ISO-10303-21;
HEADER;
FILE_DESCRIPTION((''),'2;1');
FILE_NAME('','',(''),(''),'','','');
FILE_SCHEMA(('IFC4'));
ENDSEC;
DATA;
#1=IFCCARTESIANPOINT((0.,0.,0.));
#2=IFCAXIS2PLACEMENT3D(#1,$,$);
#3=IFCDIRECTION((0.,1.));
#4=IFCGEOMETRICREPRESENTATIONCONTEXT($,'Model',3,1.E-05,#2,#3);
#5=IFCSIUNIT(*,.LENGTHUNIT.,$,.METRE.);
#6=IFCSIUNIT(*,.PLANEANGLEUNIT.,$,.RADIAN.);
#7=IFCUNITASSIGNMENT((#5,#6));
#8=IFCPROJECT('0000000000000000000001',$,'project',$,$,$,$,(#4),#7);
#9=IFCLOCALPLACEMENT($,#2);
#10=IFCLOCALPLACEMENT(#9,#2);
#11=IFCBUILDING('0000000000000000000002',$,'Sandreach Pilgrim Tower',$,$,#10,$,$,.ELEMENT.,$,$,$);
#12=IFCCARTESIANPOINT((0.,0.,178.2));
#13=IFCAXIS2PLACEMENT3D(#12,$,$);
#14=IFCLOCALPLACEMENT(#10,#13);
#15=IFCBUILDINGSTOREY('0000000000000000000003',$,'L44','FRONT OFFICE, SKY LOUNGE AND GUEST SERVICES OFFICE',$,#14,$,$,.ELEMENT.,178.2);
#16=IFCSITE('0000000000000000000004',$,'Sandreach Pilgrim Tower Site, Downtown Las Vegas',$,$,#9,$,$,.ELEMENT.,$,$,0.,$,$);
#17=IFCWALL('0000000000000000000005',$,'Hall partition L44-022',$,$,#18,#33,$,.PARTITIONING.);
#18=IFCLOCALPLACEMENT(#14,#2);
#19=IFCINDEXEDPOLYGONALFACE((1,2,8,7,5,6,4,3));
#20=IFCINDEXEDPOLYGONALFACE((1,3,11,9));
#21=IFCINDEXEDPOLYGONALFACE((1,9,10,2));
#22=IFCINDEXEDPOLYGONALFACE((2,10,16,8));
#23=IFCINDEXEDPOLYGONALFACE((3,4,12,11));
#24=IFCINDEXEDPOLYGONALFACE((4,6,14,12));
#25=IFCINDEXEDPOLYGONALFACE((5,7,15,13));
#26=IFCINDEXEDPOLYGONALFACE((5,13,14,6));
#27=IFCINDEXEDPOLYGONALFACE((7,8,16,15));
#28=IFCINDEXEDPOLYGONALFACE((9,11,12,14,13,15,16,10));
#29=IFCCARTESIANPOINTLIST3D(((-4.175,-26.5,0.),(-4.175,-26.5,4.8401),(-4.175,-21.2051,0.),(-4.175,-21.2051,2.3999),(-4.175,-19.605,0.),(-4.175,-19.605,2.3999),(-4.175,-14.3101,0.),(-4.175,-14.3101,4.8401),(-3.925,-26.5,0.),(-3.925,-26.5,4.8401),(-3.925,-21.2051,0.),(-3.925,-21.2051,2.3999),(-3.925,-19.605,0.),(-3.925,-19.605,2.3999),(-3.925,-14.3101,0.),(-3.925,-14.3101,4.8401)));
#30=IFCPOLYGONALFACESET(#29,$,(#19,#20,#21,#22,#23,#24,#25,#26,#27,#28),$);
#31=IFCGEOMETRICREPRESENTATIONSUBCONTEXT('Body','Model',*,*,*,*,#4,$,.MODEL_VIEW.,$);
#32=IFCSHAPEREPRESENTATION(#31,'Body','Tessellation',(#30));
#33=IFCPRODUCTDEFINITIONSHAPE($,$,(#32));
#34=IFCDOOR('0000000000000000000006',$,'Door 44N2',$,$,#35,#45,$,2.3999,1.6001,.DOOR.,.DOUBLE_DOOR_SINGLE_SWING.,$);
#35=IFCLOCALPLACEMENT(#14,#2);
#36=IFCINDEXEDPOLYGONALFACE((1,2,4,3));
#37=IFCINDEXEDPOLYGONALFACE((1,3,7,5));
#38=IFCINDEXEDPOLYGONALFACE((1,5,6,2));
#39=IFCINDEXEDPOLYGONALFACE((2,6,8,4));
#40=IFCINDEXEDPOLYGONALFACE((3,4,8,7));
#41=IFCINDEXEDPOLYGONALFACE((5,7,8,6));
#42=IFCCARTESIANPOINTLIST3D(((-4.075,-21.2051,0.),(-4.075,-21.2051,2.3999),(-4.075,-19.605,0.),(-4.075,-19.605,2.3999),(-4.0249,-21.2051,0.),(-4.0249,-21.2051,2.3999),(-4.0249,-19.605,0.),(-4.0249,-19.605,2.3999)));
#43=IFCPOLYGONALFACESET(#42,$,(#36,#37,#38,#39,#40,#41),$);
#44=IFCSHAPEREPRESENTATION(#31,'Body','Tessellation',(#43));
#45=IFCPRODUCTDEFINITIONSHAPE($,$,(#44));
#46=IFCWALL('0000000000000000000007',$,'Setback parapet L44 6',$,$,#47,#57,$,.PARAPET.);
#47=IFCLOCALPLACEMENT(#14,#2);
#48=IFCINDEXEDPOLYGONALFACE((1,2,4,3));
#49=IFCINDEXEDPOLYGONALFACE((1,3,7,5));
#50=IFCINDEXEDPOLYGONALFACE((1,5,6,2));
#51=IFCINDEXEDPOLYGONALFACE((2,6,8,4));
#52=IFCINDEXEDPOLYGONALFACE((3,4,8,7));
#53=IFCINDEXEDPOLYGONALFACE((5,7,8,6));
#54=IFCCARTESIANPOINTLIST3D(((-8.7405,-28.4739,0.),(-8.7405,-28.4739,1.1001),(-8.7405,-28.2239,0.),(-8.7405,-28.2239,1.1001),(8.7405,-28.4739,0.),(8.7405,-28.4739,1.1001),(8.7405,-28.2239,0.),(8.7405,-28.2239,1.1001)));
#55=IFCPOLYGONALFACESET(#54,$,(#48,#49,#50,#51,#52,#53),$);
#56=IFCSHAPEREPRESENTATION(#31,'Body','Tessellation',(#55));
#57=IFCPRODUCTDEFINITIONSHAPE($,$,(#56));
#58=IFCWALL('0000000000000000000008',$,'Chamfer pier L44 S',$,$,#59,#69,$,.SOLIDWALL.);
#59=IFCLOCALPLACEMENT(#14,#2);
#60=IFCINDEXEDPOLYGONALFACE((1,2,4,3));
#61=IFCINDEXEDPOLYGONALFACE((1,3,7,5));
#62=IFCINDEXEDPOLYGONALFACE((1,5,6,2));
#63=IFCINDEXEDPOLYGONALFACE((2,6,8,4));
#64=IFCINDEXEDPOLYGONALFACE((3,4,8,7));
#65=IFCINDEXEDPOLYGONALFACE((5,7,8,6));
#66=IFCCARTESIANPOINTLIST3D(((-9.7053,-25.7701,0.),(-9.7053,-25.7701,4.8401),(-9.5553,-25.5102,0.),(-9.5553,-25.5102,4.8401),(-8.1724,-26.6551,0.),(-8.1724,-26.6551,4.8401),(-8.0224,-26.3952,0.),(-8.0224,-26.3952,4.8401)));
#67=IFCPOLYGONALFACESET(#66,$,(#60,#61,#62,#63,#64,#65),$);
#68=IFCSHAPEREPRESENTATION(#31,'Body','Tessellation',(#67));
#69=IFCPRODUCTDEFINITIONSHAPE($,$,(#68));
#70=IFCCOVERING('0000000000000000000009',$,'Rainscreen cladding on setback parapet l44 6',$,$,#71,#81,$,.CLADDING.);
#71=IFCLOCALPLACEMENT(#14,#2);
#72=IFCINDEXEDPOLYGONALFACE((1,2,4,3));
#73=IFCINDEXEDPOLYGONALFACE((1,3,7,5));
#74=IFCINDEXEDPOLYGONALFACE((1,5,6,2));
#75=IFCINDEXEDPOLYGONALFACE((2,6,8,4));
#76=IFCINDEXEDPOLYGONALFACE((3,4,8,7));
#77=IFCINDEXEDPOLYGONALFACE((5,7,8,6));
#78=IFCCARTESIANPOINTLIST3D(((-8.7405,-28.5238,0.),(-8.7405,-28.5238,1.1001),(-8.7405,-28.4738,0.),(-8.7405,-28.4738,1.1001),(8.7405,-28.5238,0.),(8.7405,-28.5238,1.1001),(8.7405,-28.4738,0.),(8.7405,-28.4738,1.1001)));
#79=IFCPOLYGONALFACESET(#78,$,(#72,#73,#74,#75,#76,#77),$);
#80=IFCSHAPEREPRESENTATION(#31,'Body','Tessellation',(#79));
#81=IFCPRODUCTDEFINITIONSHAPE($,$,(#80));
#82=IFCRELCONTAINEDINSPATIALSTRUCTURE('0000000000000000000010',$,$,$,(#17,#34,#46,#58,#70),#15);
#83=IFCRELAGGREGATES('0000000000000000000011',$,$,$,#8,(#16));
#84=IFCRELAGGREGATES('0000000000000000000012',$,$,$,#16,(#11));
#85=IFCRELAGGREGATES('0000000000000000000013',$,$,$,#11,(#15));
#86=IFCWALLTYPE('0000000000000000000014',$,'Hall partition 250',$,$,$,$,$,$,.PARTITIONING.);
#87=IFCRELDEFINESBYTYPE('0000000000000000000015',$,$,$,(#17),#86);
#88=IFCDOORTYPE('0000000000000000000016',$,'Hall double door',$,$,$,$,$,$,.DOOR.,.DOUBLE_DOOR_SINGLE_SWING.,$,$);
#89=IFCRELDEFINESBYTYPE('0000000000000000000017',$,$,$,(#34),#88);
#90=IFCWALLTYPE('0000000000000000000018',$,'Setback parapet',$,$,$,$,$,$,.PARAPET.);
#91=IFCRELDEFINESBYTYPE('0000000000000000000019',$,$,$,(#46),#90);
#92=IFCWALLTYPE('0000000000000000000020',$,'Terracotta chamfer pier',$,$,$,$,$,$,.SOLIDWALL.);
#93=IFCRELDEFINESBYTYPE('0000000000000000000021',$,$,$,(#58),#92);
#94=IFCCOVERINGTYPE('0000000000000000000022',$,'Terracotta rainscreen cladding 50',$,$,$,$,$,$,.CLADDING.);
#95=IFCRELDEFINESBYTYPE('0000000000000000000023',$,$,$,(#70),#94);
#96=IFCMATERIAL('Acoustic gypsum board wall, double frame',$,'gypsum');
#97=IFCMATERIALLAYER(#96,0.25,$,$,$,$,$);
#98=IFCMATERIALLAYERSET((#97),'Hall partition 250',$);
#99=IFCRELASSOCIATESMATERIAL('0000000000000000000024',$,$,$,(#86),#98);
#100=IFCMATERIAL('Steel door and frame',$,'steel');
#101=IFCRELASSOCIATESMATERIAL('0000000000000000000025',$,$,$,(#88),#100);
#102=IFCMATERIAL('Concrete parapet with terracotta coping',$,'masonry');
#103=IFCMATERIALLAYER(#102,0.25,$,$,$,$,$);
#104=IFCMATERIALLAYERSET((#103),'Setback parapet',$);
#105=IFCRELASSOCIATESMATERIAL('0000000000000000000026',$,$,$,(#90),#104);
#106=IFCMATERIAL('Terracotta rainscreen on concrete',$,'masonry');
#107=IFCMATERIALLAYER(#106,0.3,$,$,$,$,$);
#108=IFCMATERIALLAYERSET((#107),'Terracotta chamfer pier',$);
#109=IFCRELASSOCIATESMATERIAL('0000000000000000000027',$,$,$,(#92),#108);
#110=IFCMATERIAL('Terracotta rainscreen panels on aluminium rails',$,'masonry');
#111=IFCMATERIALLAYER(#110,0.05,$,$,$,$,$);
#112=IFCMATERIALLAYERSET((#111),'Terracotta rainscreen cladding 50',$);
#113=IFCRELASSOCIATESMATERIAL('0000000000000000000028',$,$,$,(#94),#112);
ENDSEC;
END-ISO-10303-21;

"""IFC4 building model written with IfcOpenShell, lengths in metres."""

from ifc_helpers import new_model, si_unit, direction, frame, frame_2d, origin, place, context, subcontext, project, spatial, rectangle, extrude, material, layer, layer_set, type_object, element, fill, save


model = new_model("IFC4")

# Units and contexts
model_context = context("Model", 3, precision=1e-05, world=origin(), true_north=direction((0.0, 1.0)))
body_context = subcontext(model_context, "Body", "Model", "MODEL_VIEW")
ifc_project = project(units=[si_unit("LENGTHUNIT", "METRE"), si_unit("PLANEANGLEUNIT", "RADIAN")], contexts=[model_context])

# Site, building, storey
site_placement = place(None, origin())
site = spatial("IfcSite", under=ifc_project, at=site_placement, Name="Sandreach Pilgrim Tower Site, Downtown Las Vegas", CompositionType="ELEMENT", RefElevation=0.0)
building_placement = place(site_placement, origin())
building = spatial("IfcBuilding", under=site, at=building_placement, Name="Sandreach Pilgrim Tower", CompositionType="ELEMENT")
storey_placement = place(building_placement, frame((0.0, 0.0, 178.2)))
storey = spatial("IfcBuildingStorey", under=building, at=storey_placement, Name="L44", Description="FRONT OFFICE, SKY LOUNGE AND GUEST SERVICES OFFICE", CompositionType="ELEMENT", Elevation=178.2)

# Wall, opening, door
ifc_material_1 = material(Name="Acoustic gypsum board wall, double frame", Category="gypsum")
ifc_layer_1 = layer(ifc_material_1, 0.25)
ifc_layer_set_1 = layer_set([ifc_layer_1], Name="Hall partition 250")
wall_type_1 = type_object("IfcWallType", Name="Hall partition 250", PredefinedType="PARTITIONING", material=ifc_layer_set_1)
wall_1_placement = place(storey_placement, frame((-4.05, -26.5, 0.0), z_axis=(0.0, 0.0, 1.0), x_axis=(0.0, 1.0, 0.0)))
wall_1 = element("IfcWall", 1, at=wall_1_placement, inside=storey, type_object=wall_type_1, Name="Hall partition L44-022", PredefinedType="PARTITIONING", context=body_context, shape_type="SweptSolid", body=[
    extrude(rectangle(XDim=12.1899, YDim=0.25, at=frame_2d((6.095, 0.0))), origin(), (0.0, 0.0, 1.0), 4.8401),
])
opening_1_placement = place(wall_1_placement, frame((5.2949, 0.0, 0.0)))
opening_1 = element("IfcOpeningElement", 2, at=opening_1_placement, cuts=wall_1, PredefinedType="OPENING", context=body_context, shape_type="SweptSolid", body=[
    extrude(rectangle(XDim=1.6001, YDim=2.3999, at=frame_2d((0.8, 1.2))), frame((0.0, 0.125, 0.0), z_axis=(0.0, -1.0, 0.0), x_axis=(1.0, 0.0, 0.0)), (0.0, 0.0, 1.0), 0.25),
])
ifc_material_2 = material(Name="Steel door and frame", Category="steel")
door_type_1 = type_object("IfcDoorType", Name="Hall double door", OperationType="DOUBLE_DOOR_SINGLE_SWING", PredefinedType="DOOR", material=ifc_material_2)
door_1_placement = place(opening_1_placement, origin())
door_1 = element("IfcDoor", 3, at=door_1_placement, inside=storey, type_object=door_type_1, Name="Door 44N2", OperationType="DOUBLE_DOOR_SINGLE_SWING", OverallHeight=2.3999, OverallWidth=1.6001, PredefinedType="DOOR", context=body_context, shape_type="SweptSolid", body=[
    extrude(rectangle(XDim=1.6001, YDim=2.3999, at=frame_2d((0.8, 1.2))), frame((0.0, 0.0249, 0.0), z_axis=(0.0, -1.0, 0.0), x_axis=(1.0, 0.0, 0.0)), (0.0, 0.0, 1.0), 0.05),
])
fill(opening_1, door_1)

# Walls
ifc_material_3 = material(Name="Concrete parapet with terracotta coping", Category="masonry")
ifc_layer_2 = layer(ifc_material_3, 0.25)
ifc_layer_set_2 = layer_set([ifc_layer_2], Name="Setback parapet")
wall_type_2 = type_object("IfcWallType", Name="Setback parapet", PredefinedType="PARAPET", material=ifc_layer_set_2)
wall_2_placement = place(storey_placement, frame((-8.7405, -28.3489, 0.0), z_axis=(0.0, 0.0, 1.0), x_axis=(1.0, 0.0, 0.0)))
element("IfcWall", 4, at=wall_2_placement, inside=storey, type_object=wall_type_2, Name="Setback parapet L44 6", PredefinedType="PARAPET", context=body_context, shape_type="SweptSolid", body=[
    extrude(rectangle(XDim=17.481, YDim=0.25, at=frame_2d((8.7405, 0.0))), origin(), (0.0, 0.0, 1.0), 1.1001),
])
ifc_material_4 = material(Name="Terracotta rainscreen on concrete", Category="masonry")
ifc_layer_3 = layer(ifc_material_4, 0.3)
ifc_layer_set_3 = layer_set([ifc_layer_3], Name="Terracotta chamfer pier")
wall_type_3 = type_object("IfcWallType", Name="Terracotta chamfer pier", PredefinedType="SOLIDWALL", material=ifc_layer_set_3)
wall_3_placement = place(storey_placement, frame((-8.0974, -26.5251, 0.0), z_axis=(0.0, 0.0, 1.0), x_axis=(-0.866036, 0.499981, 0.0)))
element("IfcWall", 5, at=wall_3_placement, inside=storey, type_object=wall_type_3, Name="Chamfer pier L44 S", PredefinedType="SOLIDWALL", context=body_context, shape_type="SweptSolid", body=[
    extrude(rectangle(XDim=1.77, YDim=0.3, at=frame_2d((0.885, 0.0))), origin(), (0.0, 0.0, 1.0), 4.8401),
])

# Covering
ifc_material_5 = material(Name="Terracotta rainscreen panels on aluminium rails", Category="masonry")
ifc_layer_4 = layer(ifc_material_5, 0.05)
ifc_layer_set_4 = layer_set([ifc_layer_4], Name="Terracotta rainscreen cladding 50")
covering_type = type_object("IfcCoveringType", Name="Terracotta rainscreen cladding 50", PredefinedType="CLADDING", material=ifc_layer_set_4)
covering_placement = place(storey_placement, frame((-8.7405, -28.4988, 0.0), z_axis=(0.0, 0.0, 1.0), x_axis=(1.0, 0.0, 0.0)))
element("IfcCovering", 6, at=covering_placement, inside=storey, type_object=covering_type, Name="Rainscreen cladding on setback parapet l44 6", PredefinedType="CLADDING", context=body_context, shape_type="SweptSolid", body=[
    extrude(rectangle(XDim=17.481, YDim=0.05, at=frame_2d((8.7405, 0.0))), origin(), (0.0, 0.0, 1.0), 1.1001),
])

save(model, "model.ifc")
